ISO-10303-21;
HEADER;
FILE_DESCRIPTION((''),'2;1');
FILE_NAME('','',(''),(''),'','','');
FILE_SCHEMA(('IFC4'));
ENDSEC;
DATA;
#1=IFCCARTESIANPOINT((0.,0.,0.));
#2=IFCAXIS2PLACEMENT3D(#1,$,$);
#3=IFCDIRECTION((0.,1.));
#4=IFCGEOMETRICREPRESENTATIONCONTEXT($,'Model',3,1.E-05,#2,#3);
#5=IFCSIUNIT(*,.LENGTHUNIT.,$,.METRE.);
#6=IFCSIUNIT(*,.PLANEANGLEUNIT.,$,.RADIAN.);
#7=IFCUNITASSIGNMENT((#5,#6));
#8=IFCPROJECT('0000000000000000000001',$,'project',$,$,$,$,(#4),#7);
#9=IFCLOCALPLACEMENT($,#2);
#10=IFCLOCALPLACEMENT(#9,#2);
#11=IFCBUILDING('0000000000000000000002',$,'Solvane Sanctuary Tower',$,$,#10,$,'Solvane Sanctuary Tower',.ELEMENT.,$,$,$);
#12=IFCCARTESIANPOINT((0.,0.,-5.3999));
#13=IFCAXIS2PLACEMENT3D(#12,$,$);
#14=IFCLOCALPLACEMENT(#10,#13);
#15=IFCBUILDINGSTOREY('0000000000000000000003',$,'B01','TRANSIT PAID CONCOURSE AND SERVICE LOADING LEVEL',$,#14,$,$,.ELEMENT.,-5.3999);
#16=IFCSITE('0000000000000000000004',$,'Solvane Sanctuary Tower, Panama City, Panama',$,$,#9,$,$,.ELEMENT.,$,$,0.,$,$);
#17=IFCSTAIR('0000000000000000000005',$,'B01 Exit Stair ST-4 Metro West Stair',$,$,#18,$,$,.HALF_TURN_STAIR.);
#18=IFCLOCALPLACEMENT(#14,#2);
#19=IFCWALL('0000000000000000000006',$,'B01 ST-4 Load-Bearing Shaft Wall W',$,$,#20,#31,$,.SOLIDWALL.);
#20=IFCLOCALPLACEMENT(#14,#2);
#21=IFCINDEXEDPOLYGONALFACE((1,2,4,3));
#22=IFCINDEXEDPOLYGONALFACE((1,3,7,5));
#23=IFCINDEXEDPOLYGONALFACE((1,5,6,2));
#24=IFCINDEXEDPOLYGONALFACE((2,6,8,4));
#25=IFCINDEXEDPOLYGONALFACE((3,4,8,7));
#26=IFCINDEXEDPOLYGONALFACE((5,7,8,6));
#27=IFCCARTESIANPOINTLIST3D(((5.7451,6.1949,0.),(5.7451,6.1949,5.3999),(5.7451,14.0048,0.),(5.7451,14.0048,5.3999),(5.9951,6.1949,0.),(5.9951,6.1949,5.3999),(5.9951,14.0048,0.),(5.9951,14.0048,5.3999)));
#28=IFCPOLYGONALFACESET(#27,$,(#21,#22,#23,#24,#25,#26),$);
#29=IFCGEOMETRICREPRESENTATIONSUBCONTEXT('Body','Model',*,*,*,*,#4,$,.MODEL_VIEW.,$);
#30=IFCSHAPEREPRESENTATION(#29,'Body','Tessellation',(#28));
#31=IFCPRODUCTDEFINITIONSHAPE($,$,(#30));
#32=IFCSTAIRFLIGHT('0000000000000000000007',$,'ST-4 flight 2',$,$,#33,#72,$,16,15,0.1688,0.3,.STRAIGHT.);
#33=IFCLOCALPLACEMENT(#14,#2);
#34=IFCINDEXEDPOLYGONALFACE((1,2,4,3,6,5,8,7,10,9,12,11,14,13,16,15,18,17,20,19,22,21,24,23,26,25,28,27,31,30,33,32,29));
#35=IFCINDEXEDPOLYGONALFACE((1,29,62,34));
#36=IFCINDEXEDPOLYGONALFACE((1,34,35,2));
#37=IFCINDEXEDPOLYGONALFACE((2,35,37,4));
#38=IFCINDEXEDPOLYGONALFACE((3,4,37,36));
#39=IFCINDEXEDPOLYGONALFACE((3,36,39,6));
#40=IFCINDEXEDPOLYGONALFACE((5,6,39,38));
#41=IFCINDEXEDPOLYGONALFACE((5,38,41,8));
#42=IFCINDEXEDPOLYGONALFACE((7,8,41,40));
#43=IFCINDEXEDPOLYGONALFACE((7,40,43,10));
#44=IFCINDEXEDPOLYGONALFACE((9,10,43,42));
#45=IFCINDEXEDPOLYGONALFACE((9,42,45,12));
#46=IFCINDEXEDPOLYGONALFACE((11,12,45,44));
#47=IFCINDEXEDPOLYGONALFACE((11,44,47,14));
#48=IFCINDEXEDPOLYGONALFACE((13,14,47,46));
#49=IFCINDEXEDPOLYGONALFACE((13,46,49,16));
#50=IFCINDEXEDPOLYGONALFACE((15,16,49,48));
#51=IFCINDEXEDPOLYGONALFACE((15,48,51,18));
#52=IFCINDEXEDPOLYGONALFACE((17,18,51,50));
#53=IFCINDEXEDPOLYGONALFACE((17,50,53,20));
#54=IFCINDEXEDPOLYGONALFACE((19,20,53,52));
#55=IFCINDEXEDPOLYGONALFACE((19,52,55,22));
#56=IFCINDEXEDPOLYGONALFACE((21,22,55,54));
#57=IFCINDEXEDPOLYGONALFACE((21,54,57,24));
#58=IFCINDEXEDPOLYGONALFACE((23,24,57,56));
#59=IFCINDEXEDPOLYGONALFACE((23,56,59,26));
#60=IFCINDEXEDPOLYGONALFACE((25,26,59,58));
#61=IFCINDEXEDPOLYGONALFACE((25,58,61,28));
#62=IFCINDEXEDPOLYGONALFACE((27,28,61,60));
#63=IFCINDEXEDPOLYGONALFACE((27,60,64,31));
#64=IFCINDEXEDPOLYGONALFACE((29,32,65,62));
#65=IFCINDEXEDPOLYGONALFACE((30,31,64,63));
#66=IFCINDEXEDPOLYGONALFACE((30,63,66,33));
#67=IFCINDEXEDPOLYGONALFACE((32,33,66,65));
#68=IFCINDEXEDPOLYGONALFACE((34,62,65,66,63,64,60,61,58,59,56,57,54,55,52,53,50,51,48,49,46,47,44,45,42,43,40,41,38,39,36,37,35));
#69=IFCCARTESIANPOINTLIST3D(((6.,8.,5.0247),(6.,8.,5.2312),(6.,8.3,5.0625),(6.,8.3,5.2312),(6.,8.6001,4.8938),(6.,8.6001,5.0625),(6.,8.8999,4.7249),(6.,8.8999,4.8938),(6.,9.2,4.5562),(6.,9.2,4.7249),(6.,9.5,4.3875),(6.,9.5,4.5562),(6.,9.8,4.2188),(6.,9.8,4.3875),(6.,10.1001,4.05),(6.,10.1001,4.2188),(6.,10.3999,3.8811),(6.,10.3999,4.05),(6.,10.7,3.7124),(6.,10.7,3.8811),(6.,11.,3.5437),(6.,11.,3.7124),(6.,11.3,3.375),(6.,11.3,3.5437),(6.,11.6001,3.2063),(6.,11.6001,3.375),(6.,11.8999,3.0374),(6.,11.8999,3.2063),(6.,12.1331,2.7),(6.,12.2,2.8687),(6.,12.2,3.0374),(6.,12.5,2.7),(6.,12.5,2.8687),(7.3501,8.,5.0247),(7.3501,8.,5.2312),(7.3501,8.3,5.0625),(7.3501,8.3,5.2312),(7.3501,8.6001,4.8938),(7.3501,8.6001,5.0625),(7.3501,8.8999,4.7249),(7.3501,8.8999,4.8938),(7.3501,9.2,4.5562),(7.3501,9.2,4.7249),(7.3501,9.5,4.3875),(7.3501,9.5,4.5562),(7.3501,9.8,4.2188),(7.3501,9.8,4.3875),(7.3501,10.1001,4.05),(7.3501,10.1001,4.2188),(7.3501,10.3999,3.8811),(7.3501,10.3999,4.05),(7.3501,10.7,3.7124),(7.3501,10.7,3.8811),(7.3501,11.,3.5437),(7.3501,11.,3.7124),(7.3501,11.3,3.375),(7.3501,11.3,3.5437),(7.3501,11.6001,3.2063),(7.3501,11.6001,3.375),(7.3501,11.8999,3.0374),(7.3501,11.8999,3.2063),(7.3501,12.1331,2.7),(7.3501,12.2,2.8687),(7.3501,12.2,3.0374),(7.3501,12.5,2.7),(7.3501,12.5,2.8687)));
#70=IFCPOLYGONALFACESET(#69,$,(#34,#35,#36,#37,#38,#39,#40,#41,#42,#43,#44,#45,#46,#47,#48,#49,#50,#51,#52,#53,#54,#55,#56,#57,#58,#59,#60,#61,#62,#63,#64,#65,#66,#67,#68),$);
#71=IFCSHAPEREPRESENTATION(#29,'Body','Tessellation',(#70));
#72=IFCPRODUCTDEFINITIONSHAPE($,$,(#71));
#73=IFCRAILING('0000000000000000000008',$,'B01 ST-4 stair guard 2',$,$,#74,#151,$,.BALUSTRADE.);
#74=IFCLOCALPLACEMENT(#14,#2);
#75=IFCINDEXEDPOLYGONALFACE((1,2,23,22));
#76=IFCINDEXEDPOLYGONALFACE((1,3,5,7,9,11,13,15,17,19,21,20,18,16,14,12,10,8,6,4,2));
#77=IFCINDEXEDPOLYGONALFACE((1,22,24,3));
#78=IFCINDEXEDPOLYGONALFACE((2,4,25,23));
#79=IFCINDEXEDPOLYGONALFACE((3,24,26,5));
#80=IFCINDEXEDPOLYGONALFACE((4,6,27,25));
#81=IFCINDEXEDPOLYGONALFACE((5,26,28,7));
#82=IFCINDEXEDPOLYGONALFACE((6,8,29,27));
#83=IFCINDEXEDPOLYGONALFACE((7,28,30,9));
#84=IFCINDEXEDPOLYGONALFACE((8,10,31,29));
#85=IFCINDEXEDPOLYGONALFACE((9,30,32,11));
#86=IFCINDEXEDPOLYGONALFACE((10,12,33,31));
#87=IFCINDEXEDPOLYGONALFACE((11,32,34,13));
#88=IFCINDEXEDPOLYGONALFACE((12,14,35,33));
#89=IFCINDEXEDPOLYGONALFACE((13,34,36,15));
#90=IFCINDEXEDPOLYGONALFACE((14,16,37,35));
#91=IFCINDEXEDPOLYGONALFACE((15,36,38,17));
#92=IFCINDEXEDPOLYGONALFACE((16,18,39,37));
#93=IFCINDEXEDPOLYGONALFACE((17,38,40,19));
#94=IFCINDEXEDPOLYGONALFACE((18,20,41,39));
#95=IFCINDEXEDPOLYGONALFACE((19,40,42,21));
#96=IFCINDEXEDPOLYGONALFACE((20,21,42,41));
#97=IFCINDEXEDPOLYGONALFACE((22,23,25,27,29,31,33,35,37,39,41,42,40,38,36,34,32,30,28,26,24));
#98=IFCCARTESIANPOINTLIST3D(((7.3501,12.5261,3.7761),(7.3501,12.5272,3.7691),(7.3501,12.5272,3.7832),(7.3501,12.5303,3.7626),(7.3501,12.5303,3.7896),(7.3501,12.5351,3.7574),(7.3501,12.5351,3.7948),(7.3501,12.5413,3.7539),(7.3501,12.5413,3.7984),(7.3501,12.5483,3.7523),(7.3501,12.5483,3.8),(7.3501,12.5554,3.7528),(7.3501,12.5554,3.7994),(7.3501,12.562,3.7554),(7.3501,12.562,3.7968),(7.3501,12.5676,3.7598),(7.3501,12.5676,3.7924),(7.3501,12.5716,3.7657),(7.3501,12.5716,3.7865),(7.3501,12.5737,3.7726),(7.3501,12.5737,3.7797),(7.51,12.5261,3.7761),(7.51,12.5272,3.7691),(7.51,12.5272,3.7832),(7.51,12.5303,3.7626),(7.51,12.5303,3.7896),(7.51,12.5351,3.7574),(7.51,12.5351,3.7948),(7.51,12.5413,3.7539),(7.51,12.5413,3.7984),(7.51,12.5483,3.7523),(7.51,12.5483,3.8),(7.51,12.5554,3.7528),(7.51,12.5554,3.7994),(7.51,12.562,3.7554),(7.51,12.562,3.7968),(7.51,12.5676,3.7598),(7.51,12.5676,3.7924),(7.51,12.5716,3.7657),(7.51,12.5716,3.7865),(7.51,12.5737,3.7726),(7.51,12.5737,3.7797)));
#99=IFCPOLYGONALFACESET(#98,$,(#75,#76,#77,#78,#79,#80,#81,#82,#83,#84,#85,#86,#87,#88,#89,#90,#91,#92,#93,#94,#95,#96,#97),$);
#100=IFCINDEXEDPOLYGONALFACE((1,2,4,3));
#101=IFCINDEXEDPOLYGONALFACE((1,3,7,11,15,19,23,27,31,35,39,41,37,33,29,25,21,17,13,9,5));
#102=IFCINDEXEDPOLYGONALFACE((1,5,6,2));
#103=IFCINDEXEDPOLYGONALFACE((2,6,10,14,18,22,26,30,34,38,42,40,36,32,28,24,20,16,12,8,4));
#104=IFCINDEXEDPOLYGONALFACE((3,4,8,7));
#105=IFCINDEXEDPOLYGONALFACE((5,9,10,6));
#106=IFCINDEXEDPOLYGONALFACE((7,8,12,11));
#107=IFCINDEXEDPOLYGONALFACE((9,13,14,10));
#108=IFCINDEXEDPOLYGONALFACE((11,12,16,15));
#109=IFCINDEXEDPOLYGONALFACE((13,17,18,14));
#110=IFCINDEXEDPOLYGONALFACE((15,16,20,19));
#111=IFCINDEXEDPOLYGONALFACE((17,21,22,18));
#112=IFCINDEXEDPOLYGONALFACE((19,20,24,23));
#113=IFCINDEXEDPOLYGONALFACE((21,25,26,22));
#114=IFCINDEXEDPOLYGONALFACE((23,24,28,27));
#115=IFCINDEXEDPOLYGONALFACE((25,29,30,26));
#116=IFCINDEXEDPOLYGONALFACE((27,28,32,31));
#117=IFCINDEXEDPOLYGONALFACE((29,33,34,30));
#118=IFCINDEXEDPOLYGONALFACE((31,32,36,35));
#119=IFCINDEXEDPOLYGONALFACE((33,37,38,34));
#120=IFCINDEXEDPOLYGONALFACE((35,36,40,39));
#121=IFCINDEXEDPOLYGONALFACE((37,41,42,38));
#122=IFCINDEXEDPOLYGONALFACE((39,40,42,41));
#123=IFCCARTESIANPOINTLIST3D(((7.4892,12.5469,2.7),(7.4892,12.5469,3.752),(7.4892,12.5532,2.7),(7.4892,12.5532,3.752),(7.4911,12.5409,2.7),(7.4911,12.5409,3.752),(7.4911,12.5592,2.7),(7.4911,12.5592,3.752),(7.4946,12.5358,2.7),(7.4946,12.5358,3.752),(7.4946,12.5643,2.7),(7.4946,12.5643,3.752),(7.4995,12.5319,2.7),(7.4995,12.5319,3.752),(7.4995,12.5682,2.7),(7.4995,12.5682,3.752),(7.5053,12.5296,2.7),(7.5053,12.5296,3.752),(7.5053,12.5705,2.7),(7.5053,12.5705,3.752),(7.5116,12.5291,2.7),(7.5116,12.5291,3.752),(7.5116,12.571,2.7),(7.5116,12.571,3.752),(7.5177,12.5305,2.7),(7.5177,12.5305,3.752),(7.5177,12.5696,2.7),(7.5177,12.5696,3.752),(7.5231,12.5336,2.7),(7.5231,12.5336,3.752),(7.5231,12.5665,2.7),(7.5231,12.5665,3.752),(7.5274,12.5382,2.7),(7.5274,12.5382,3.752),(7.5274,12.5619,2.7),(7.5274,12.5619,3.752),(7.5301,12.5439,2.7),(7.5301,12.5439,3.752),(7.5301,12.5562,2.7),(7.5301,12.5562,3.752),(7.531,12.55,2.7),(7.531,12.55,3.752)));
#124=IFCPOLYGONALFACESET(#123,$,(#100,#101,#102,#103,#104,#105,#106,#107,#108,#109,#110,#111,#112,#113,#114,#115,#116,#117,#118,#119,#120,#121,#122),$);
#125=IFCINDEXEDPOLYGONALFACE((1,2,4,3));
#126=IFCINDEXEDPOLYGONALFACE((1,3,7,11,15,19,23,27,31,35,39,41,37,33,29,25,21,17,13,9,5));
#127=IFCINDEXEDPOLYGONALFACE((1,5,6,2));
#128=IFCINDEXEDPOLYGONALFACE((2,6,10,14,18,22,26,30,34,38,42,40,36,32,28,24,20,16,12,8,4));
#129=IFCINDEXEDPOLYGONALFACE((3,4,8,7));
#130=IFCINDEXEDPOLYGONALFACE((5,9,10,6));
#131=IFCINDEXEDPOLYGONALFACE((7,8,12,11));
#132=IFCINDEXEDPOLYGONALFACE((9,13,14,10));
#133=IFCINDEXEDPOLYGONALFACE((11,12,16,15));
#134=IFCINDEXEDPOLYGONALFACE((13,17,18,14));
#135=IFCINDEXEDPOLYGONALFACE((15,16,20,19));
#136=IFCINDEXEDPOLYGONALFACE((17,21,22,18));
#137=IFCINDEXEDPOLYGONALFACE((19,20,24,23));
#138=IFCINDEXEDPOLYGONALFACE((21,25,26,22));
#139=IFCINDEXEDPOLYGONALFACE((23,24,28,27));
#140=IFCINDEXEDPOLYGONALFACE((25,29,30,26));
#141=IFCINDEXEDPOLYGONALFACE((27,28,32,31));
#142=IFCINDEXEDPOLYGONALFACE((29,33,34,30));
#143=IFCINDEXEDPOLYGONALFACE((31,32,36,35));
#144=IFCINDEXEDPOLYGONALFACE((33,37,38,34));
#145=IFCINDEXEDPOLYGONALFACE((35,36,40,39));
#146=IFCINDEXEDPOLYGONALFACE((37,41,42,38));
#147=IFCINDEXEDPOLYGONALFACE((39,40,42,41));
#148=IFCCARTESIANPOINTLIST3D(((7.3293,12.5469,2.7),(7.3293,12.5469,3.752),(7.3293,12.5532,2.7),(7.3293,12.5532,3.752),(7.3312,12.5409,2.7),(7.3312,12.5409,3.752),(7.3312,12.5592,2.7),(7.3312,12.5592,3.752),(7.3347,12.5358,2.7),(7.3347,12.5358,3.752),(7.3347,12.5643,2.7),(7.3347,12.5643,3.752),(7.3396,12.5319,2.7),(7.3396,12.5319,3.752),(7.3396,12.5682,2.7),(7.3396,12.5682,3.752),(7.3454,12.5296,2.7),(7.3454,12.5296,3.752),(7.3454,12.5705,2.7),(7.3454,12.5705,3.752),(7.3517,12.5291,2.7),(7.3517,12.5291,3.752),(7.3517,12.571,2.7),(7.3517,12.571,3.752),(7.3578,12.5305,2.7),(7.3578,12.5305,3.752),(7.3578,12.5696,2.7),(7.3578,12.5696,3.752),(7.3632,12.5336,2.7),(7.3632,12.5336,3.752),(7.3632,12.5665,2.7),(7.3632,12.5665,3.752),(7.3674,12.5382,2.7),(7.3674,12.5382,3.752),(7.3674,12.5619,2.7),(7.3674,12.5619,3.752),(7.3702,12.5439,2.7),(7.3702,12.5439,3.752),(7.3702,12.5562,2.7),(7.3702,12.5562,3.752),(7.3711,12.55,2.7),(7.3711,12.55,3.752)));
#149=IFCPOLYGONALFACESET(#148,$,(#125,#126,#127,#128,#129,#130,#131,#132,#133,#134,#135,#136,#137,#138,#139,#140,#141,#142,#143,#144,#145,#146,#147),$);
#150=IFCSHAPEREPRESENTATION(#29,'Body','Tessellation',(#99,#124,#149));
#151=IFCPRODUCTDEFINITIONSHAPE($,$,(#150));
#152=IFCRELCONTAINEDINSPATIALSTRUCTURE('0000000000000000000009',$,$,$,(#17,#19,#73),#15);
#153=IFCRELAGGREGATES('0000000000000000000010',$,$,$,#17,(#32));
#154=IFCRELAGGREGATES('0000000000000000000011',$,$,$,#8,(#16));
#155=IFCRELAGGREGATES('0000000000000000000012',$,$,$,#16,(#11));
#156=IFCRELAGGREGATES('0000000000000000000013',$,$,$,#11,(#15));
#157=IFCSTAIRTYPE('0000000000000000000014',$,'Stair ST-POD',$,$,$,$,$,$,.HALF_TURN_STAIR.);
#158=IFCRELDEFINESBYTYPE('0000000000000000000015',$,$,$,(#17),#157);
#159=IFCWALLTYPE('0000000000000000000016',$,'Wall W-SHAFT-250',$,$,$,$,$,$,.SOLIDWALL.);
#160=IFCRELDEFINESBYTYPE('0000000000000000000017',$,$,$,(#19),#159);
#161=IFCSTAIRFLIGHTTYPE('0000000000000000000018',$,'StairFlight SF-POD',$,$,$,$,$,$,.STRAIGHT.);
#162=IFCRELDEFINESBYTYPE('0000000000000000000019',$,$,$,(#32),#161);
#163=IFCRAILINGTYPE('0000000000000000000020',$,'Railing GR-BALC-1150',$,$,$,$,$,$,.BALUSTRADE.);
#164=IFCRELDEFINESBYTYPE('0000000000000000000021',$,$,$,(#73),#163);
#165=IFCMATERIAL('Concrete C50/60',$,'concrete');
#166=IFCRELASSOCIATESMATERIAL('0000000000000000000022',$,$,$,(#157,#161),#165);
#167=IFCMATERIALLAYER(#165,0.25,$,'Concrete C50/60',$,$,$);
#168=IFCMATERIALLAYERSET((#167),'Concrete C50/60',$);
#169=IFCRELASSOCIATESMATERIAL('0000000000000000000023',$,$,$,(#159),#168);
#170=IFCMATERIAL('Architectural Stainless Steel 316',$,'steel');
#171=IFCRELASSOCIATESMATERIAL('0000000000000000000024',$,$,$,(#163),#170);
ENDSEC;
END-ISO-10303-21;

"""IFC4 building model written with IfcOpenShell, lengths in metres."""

from ifc_helpers import new_model, si_unit, direction, frame, frame_2d, origin, origin_2d, place, context, subcontext, project, spatial, polyline, rectangle, circle, outline, extrude, material, layer, layer_set, type_object, element, aggregate, save


model = new_model("IFC4")

# Units and contexts
model_context = context("Model", 3, precision=1e-05, world=origin(), true_north=direction((0.0, 1.0)))
body_context = subcontext(model_context, "Body", "Model", "MODEL_VIEW")
ifc_project = project(units=[si_unit("LENGTHUNIT", "METRE"), si_unit("PLANEANGLEUNIT", "RADIAN")], contexts=[model_context])

# Site, building, storey
site_placement = place(None, origin())
site = spatial("IfcSite", under=ifc_project, at=site_placement, Name="Solvane Sanctuary Tower, Panama City, Panama", CompositionType="ELEMENT", RefElevation=0.0)
building_placement = place(site_placement, origin())
building = spatial("IfcBuilding", under=site, at=building_placement, Name="Solvane Sanctuary Tower", LongName="Solvane Sanctuary Tower", CompositionType="ELEMENT")
storey_placement = place(building_placement, frame((0.0, 0.0, -5.3999)))
storey = spatial("IfcBuildingStorey", under=building, at=storey_placement, Name="B01", Description="TRANSIT PAID CONCOURSE AND SERVICE LOADING LEVEL", CompositionType="ELEMENT", Elevation=-5.3999)

# Shared definitions
ifc_material_1 = material(Name="Concrete C50/60", Category="concrete")

# Stair
stair_type_1 = type_object("IfcStairType", Name="Stair ST-POD", PredefinedType="HALF_TURN_STAIR", material=ifc_material_1)
stair_1_placement = place(storey_placement, origin())
stair_1 = element("IfcStair", 1, at=stair_1_placement, inside=storey, type_object=stair_type_1, Name="B01 Exit Stair ST-4 Metro West Stair", PredefinedType="HALF_TURN_STAIR")

# Shared definitions
ifc_layer_1 = layer(ifc_material_1, 0.25, Name="Concrete C50/60")
ifc_layer_set_1 = layer_set([ifc_layer_1], Name="Concrete C50/60")
wall_type_1 = type_object("IfcWallType", Name="Wall W-SHAFT-250", PredefinedType="SOLIDWALL", material=ifc_layer_set_1)
ifc_material_2 = material(Name="Architectural Stainless Steel 316", Category="steel")

# Wall
wall_1_placement = place(storey_placement, frame((5.8701, 6.1951, 0.0), z_axis=(0.0, 0.0, 1.0), x_axis=(0.0, 1.0, 0.0)))
element("IfcWall", 2, at=wall_1_placement, inside=storey, type_object=wall_type_1, Name="B01 ST-4 Load-Bearing Shaft Wall W", PredefinedType="SOLIDWALL", context=body_context, shape_type="SweptSolid", body=[
    extrude(rectangle(XDim=7.8098, YDim=0.25, at=frame_2d((3.9048, 0.0))), origin(), (0.0, 0.0, 1.0), 5.3999),
])

# Stair flight
stair_flight_type = type_object("IfcStairFlightType", Name="StairFlight SF-POD", PredefinedType="STRAIGHT", material=ifc_material_1)
stair_flight_placement = place(storey_placement, frame((6.675, 12.5, 2.7), z_axis=(0.0, 0.0, 1.0), x_axis=(0.0, -1.0, 0.0)))
stair_flight = element("IfcStairFlight", 3, at=stair_flight_placement, type_object=stair_flight_type, Name="ST-4 flight 2", NumberOfRisers=16, NumberOfTreads=15, PredefinedType="STRAIGHT", RiserHeight=0.1688, TreadLength=0.3, context=body_context, shape_type="SweptSolid", body=[
    extrude(outline(polyline([(0.0, 0.0), (0.0, 0.1687), (0.3, 0.1687), (0.3, 0.3374), (0.6001, 0.3374), (0.6001, 0.5063), (0.8999, 0.5063), (0.8999, 0.675), (1.2, 0.675), (1.2, 0.8438), (1.5, 0.8438), (1.5, 1.0125), (1.8, 1.0125), (1.8, 1.1812), (2.1001, 1.1812), (2.1001, 1.3501), (2.3999, 1.3501), (2.3999, 1.5188), (2.7, 1.5188), (2.7, 1.6875), (3.0, 1.6875), (3.0, 1.8562), (3.3, 1.8562), (3.3, 2.0249), (3.6001, 2.0249), (3.6001, 2.1938), (3.8999, 2.1938), (3.8999, 2.3625), (4.2, 2.3625), (4.2, 2.5312), (4.5, 2.5312), (4.5, 2.7), (4.5, 2.3247), (0.3669, 0.0), (0.0, 0.0)])), frame((0.0, 0.675, 0.0), z_axis=(0.0, -1.0, 0.0), x_axis=(1.0, 0.0, 0.0)), (0.0, 0.0, 1.0), 1.3501),
])
aggregate(stair_1, [stair_flight])

# Railing
railing_type_1 = type_object("IfcRailingType", Name="Railing GR-BALC-1150", PredefinedType="BALUSTRADE", material=ifc_material_2)
railing_1_placement = place(storey_placement, frame((7.51, 12.55, 2.7)))
element("IfcRailing", 4, at=railing_1_placement, inside=storey, type_object=railing_type_1, Name="B01 ST-4 stair guard 2", PredefinedType="BALUSTRADE", context=body_context, shape_type="SweptSolid", body=[
    extrude(circle(Radius=0.0239, at=origin_2d()), frame((0.0, 0.0, 1.0762), z_axis=(-1.0, 0.0, 0.0), x_axis=(0.0, -1.0, 0.0)), (0.0, 0.0, 1.0), 0.1599),
    extrude(circle(Radius=0.021, at=origin_2d()), origin(), (0.0, 0.0, 1.0), 1.052),
    extrude(circle(Radius=0.021, at=origin_2d()), frame((-0.1599, 0.0, 0.0)), (0.0, 0.0, 1.0), 1.052),
])

save(model, "model.ifc")
